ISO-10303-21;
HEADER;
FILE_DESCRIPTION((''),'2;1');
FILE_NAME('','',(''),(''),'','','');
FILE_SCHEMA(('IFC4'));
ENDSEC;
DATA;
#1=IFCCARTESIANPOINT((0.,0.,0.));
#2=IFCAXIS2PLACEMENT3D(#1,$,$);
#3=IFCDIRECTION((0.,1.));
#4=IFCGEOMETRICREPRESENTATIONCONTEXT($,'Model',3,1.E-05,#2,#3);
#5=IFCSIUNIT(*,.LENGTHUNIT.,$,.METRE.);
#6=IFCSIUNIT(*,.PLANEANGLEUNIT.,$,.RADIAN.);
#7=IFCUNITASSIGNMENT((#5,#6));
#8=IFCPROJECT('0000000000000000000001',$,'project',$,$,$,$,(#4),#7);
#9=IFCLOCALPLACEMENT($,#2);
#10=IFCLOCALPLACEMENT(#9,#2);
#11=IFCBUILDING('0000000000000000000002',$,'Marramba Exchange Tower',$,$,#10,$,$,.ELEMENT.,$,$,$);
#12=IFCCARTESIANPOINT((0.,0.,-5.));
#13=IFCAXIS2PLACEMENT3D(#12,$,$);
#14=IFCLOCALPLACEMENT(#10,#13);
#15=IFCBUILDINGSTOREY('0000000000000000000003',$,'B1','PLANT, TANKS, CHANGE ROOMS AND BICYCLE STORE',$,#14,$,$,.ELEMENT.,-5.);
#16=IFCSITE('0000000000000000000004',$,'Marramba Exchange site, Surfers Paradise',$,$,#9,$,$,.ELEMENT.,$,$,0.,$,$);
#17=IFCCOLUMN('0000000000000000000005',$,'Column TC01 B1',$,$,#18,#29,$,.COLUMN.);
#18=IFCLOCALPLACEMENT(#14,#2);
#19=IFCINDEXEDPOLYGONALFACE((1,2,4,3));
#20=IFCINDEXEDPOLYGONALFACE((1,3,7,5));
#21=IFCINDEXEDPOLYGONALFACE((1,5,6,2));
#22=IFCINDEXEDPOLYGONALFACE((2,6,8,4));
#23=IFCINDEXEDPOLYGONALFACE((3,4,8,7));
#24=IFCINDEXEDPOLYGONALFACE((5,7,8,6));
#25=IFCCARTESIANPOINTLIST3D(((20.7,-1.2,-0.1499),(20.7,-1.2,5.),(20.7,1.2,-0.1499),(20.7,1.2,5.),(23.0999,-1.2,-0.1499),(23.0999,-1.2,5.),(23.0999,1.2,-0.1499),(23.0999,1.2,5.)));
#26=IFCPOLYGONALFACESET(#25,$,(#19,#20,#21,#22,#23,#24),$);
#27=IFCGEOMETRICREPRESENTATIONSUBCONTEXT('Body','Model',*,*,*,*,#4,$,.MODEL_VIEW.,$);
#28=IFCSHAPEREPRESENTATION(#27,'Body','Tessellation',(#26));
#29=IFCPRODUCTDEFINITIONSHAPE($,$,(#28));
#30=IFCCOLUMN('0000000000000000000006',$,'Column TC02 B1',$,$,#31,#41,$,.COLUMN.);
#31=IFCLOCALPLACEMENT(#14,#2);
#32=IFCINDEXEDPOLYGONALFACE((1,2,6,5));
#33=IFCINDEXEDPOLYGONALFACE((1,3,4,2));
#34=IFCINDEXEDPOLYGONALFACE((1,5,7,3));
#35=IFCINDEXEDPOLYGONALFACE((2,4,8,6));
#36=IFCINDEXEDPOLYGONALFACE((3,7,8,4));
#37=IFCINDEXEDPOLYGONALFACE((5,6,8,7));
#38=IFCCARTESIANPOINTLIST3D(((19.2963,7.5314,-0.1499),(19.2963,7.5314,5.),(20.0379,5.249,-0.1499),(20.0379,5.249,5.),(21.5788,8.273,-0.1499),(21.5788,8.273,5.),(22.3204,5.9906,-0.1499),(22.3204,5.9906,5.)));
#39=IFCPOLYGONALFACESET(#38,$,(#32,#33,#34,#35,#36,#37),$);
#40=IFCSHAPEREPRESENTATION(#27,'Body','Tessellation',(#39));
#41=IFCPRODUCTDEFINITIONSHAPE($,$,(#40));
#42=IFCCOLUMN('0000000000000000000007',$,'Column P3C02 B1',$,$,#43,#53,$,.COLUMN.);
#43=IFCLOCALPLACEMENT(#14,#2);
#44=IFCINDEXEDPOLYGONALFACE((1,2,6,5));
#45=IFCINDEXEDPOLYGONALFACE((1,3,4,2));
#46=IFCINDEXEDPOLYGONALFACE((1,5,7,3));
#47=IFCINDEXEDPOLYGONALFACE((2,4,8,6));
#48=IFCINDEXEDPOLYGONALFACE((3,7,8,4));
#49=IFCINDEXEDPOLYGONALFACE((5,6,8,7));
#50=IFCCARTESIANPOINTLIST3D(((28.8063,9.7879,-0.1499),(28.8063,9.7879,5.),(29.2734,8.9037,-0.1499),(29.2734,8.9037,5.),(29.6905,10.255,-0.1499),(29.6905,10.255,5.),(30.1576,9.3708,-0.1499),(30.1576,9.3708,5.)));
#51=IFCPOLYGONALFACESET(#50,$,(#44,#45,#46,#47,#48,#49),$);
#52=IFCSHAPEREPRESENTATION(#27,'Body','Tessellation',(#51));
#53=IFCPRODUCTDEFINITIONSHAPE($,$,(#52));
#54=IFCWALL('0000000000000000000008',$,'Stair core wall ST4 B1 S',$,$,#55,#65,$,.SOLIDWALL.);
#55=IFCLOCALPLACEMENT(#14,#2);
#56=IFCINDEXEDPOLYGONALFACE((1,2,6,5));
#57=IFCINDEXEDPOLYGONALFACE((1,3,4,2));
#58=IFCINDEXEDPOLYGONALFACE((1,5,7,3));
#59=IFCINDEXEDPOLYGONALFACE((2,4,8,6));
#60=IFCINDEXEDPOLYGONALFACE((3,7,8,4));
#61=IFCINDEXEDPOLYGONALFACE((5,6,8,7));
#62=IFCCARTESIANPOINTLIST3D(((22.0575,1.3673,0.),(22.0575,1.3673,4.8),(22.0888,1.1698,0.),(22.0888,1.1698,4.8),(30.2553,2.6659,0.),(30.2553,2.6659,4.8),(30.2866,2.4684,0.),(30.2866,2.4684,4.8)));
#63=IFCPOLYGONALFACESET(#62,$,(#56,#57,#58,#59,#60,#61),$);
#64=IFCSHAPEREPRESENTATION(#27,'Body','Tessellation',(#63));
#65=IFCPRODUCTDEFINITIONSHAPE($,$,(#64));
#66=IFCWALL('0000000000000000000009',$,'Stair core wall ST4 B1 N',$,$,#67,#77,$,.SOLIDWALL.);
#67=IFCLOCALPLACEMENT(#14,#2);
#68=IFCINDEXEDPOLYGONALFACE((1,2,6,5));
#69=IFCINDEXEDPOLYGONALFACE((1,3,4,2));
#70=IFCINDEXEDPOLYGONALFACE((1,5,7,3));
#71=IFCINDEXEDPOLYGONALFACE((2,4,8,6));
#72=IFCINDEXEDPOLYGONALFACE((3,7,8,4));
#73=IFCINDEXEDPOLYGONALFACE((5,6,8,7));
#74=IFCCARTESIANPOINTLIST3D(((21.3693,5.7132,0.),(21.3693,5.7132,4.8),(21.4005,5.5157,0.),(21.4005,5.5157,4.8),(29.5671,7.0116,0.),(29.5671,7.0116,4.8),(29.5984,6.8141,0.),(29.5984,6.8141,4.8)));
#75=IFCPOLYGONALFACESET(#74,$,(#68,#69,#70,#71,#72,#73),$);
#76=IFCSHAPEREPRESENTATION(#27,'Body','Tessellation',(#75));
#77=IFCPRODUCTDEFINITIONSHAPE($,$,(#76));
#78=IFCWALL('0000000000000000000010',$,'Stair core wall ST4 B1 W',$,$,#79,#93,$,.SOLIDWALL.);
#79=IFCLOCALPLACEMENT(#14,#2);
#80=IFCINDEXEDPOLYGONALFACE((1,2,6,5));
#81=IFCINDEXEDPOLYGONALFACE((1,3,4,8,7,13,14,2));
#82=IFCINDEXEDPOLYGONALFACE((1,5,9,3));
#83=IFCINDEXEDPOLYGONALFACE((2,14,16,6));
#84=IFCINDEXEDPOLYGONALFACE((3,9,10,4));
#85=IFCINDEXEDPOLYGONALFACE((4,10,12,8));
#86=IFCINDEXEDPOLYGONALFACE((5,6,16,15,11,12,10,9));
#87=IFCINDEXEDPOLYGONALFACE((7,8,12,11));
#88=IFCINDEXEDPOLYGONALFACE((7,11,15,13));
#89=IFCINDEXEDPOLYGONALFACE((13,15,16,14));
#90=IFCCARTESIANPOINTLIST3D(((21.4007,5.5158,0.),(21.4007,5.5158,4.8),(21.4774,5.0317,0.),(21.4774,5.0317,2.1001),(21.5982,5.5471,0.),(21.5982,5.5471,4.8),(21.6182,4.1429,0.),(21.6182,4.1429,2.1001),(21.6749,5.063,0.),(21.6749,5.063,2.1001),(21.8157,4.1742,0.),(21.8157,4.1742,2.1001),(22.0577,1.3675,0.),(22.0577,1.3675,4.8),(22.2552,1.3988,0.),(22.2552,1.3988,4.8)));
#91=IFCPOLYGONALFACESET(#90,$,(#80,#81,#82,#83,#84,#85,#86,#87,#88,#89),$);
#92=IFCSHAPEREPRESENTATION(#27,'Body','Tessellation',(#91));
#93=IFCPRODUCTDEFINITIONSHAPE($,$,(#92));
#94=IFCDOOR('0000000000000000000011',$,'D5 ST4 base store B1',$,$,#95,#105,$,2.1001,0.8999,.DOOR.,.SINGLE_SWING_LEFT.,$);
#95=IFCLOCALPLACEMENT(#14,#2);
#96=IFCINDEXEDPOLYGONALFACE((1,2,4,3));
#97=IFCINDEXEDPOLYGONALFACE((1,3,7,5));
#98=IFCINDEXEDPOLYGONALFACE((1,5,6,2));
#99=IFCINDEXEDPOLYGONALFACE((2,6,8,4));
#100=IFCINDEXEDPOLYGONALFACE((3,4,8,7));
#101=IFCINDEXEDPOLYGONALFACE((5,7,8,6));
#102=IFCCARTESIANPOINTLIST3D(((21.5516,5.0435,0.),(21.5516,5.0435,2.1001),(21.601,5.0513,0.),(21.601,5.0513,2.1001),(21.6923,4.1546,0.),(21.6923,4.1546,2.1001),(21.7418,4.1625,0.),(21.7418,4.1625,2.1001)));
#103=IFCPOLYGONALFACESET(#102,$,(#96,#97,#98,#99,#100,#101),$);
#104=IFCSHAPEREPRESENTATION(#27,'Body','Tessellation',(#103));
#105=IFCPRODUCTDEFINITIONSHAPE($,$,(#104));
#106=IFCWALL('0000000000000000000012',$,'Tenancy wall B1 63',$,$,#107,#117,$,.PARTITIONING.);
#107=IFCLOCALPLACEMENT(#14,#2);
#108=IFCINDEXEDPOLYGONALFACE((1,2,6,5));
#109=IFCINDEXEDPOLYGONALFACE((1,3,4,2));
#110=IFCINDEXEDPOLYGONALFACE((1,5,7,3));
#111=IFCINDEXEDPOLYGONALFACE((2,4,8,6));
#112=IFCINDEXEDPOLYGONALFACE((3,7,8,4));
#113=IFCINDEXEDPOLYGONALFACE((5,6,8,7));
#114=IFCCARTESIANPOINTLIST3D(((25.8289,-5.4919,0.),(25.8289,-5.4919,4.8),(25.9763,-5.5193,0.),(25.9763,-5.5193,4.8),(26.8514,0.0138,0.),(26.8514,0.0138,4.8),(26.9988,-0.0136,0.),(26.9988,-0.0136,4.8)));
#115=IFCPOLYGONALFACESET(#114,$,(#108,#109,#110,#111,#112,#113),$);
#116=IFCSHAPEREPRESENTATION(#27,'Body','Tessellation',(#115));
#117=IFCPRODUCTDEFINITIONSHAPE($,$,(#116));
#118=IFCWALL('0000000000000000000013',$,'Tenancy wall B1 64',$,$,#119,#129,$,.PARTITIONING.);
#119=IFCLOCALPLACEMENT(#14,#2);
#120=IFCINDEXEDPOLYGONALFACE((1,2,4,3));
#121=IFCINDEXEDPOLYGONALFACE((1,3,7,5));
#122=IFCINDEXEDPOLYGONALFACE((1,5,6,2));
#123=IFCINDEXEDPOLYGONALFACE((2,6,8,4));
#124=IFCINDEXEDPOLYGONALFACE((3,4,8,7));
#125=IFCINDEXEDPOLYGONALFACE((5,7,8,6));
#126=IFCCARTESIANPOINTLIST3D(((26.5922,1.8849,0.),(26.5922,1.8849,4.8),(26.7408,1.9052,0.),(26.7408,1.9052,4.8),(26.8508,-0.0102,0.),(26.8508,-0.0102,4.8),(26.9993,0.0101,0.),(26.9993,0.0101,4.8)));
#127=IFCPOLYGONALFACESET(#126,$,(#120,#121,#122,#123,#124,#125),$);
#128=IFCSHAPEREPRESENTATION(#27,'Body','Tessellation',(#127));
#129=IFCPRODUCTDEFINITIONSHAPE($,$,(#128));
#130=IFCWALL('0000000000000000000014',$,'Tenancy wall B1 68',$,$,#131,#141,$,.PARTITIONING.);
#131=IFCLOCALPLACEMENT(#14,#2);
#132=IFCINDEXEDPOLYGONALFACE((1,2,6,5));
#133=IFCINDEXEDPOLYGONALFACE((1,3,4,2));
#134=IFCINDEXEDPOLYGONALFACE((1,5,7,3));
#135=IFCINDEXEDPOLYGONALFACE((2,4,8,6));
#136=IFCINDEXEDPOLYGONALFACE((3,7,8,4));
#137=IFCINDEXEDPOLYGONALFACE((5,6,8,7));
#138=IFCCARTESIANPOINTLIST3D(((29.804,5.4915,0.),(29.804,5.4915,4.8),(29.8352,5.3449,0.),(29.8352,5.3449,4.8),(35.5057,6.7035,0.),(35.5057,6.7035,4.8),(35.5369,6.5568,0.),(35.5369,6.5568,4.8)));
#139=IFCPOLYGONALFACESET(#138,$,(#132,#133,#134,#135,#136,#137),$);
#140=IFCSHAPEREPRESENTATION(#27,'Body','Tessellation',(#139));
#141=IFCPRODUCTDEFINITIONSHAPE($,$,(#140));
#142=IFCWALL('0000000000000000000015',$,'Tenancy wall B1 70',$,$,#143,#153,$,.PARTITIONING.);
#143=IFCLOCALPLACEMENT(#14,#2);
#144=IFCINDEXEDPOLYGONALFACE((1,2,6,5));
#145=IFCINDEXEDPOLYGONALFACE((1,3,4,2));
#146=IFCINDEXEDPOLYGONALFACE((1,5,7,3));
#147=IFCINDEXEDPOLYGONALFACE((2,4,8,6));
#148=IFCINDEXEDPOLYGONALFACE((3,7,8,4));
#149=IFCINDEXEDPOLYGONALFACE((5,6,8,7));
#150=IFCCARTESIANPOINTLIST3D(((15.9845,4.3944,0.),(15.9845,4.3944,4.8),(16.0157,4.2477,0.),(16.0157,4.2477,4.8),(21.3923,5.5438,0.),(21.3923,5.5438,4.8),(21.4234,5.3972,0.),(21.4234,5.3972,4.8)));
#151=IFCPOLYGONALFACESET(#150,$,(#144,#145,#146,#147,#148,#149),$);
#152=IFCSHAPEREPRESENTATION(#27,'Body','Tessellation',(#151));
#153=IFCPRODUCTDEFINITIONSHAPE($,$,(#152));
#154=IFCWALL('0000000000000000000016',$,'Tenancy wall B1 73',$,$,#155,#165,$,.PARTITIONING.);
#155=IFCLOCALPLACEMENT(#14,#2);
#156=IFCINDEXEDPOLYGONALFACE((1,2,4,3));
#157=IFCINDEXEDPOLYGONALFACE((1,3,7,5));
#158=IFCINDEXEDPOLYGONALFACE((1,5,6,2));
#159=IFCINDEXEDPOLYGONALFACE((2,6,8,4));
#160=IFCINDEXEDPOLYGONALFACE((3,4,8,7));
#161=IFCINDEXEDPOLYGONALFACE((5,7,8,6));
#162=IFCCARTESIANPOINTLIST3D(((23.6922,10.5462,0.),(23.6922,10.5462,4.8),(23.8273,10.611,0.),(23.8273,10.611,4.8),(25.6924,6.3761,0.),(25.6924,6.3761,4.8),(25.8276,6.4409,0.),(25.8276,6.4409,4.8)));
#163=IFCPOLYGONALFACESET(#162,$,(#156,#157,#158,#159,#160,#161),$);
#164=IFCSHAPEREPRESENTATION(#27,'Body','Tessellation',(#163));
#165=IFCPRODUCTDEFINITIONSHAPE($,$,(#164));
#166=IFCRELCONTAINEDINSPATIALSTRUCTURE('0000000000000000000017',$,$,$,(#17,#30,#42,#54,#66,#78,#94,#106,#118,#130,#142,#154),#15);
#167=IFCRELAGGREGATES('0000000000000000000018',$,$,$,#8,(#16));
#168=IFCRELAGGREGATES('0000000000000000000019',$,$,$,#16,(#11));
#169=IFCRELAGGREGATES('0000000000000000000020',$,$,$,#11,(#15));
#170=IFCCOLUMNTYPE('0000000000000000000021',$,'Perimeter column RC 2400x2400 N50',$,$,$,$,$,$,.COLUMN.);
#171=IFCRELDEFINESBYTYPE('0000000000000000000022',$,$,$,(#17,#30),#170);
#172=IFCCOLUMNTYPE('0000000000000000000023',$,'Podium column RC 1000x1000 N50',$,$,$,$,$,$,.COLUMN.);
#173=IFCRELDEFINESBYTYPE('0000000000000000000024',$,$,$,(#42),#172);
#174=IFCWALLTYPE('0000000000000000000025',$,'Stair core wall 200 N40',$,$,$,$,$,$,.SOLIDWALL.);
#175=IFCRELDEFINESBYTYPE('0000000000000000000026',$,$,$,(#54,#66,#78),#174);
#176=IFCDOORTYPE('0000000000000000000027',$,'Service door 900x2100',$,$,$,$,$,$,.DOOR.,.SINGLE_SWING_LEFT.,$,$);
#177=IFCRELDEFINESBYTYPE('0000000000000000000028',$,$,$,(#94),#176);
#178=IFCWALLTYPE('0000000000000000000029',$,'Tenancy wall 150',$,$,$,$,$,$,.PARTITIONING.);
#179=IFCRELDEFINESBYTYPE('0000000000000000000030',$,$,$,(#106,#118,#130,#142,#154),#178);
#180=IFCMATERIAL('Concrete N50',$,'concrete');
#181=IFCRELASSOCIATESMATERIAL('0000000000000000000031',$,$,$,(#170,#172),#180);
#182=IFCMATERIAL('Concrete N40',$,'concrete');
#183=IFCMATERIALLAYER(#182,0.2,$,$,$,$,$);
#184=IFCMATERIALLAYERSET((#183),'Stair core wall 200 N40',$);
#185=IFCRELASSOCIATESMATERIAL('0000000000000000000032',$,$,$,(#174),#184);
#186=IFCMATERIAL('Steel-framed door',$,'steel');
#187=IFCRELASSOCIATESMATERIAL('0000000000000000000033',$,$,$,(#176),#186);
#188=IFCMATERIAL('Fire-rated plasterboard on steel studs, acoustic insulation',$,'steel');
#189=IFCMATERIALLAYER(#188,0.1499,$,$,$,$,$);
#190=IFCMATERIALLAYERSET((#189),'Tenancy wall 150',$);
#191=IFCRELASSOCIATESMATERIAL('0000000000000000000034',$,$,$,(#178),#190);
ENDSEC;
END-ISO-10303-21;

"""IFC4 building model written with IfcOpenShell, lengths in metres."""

from ifc_helpers import new_model, si_unit, direction, frame, frame_2d, origin, origin_2d, place, context, subcontext, project, spatial, rectangle, extrude, material, layer, layer_set, material_profile, profile_set, type_object, element, fill, save


model = new_model("IFC4")

# Units and contexts
model_context = context("Model", 3, precision=1e-05, world=origin(), true_north=direction((0.0, 1.0)))
body_context = subcontext(model_context, "Body", "Model", "MODEL_VIEW")
ifc_project = project(units=[si_unit("LENGTHUNIT", "METRE"), si_unit("PLANEANGLEUNIT", "RADIAN")], contexts=[model_context])

# Site, building, storey
site_placement = place(None, origin())
site = spatial("IfcSite", under=ifc_project, at=site_placement, Name="Marramba Exchange site, Surfers Paradise", CompositionType="ELEMENT", RefElevation=0.0)
building_placement = place(site_placement, origin())
building = spatial("IfcBuilding", under=site, at=building_placement, Name="Marramba Exchange Tower", CompositionType="ELEMENT")
storey_placement = place(building_placement, frame((0.0, 0.0, -5.0)))
storey = spatial("IfcBuildingStorey", under=building, at=storey_placement, Name="B1", Description="PLANT, TANKS, CHANGE ROOMS AND BICYCLE STORE", CompositionType="ELEMENT", Elevation=-5.0)

# Shared definitions
ifc_material_1 = material(Name="Concrete N50", Category="concrete")

# Columns
ifc_material_profile_1 = material_profile(ifc_material_1, rectangle(XDim=2.3999, YDim=2.3999, at=origin_2d()), Name="RC 2400x2400")
ifc_profile_set_1 = profile_set([ifc_material_profile_1], Name="Concrete N50")
column_type_1 = type_object("IfcColumnType", Name="Perimeter column RC 2400x2400 N50", PredefinedType="COLUMN", material=ifc_profile_set_1)
for number, where, z_axis, x_axis, name in (
    (1, (21.8999, 0.0, -0.1499), (0.0, 0.0, 1.0), (1.0, 0.0, 0.0), "Column TC01 B1"),
    (2, (20.8083, 6.761, -0.1499), (0.0, 0.0, 1.0), (0.951057, 0.309017, 0.0), "Column TC02 B1"),
):
    element("IfcColumn", number, at=place(storey_placement, frame(where, z_axis=z_axis, x_axis=x_axis)), inside=storey, type_object=column_type_1, Name=name, PredefinedType="COLUMN", context=body_context, shape_type="SweptSolid", body=[
        extrude(rectangle(XDim=2.3999, YDim=2.3999, at=origin_2d()), origin(), (0.0, 0.0, 1.0), 5.1499),
    ])
ifc_material_profile_2 = material_profile(ifc_material_1, rectangle(XDim=1.0, YDim=1.0, at=origin_2d()), Name="RC 1000x1000")
ifc_profile_set_2 = profile_set([ifc_material_profile_2], Name="Concrete N50")
column_type_2 = type_object("IfcColumnType", Name="Podium column RC 1000x1000 N50", PredefinedType="COLUMN", material=ifc_profile_set_2)
column_placement = place(storey_placement, frame((29.4819, 9.5793, -0.1499), z_axis=(0.0, 0.0, 1.0), x_axis=(0.884188, 0.467131, 0.0)))
element("IfcColumn", 3, at=column_placement, inside=storey, type_object=column_type_2, Name="Column P3C02 B1", PredefinedType="COLUMN", context=body_context, shape_type="SweptSolid", body=[
    extrude(rectangle(XDim=1.0, YDim=1.0, at=origin_2d()), origin(), (0.0, 0.0, 1.0), 5.1499),
])

# Walls
ifc_material_2 = material(Name="Concrete N40", Category="concrete")
ifc_layer_1 = layer(ifc_material_2, 0.2)
ifc_layer_set_1 = layer_set([ifc_layer_1], Name="Stair core wall 200 N40")
wall_type_1 = type_object("IfcWallType", Name="Stair core wall 200 N40", PredefinedType="SOLIDWALL", material=ifc_layer_set_1)
for number, where, z_axis, x_axis, name in (
    (4, (22.0732, 1.2686, 0.0), (0.0, 0.0, 1.0), (0.987685, 0.156456, 0.0), "Stair core wall ST4 B1 S"),
    (5, (21.385, 5.6145, 0.0), (0.0, 0.0, 1.0), (0.987689, 0.156428, 0.0), "Stair core wall ST4 B1 N"),
):
    element("IfcWall", number, at=place(storey_placement, frame(where, z_axis=z_axis, x_axis=x_axis)), inside=storey, type_object=wall_type_1, Name=name, PredefinedType="SOLIDWALL", context=body_context, shape_type="SweptSolid", body=[
        extrude(rectangle(XDim=8.3, YDim=0.2, at=frame_2d((4.1499, 0.0))), origin(), (0.0, 0.0, 1.0), 4.8),
    ])

# Wall, opening, door
wall_1_placement = place(storey_placement, frame((22.1565, 1.3831, 0.0), z_axis=(0.0, 0.0, 1.0), x_axis=(-0.156428, 0.987689, 0.0)))
wall_1 = element("IfcWall", 6, at=wall_1_placement, inside=storey, type_object=wall_type_1, Name="Stair core wall ST4 B1 W", PredefinedType="SOLIDWALL", context=body_context, shape_type="SweptSolid", body=[
    extrude(rectangle(XDim=4.2, YDim=0.2, at=frame_2d((2.1001, 0.0))), origin(), (0.0, 0.0, 1.0), 4.8),
])
opening_placement = place(wall_1_placement, frame((2.8101, 0.0, 0.0)))
opening = element("IfcOpeningElement", 7, at=opening_placement, cuts=wall_1, PredefinedType="OPENING", context=body_context, shape_type="SweptSolid", body=[
    extrude(rectangle(XDim=0.8999, YDim=2.1001, at=frame_2d((0.45, 1.05))), frame((0.0, 0.1099, 0.0), z_axis=(0.0, -1.0, 0.0), x_axis=(1.0, 0.0, 0.0)), (0.0, 0.0, 1.0), 0.22),
])
ifc_material_3 = material(Name="Steel-framed door", Category="steel")
door_type = type_object("IfcDoorType", Name="Service door 900x2100", OperationType="SINGLE_SWING_LEFT", PredefinedType="DOOR", material=ifc_material_3)
door_placement = place(opening_placement, frame((0.8999, 0.0, 0.0), z_axis=(0.0, 0.0, 1.0), x_axis=(-1.0, 0.0, 0.0)))
door = element("IfcDoor", 8, at=door_placement, inside=storey, type_object=door_type, Name="D5 ST4 base store B1", OperationType="SINGLE_SWING_LEFT", OverallHeight=2.1001, OverallWidth=0.8999, PredefinedType="DOOR", context=body_context, shape_type="SweptSolid", body=[
    extrude(rectangle(XDim=0.8999, YDim=2.1001, at=frame_2d((0.45, 1.05))), frame((0.0, 0.0251, 0.0), z_axis=(0.0, -1.0, 0.0), x_axis=(1.0, 0.0, 0.0)), (0.0, 0.0, 1.0), 0.05),
])
fill(opening, door)

# Walls
ifc_material_4 = material(Name="Fire-rated plasterboard on steel studs, acoustic insulation", Category="steel")
ifc_layer_2 = layer(ifc_material_4, 0.1499)
ifc_layer_set_2 = layer_set([ifc_layer_2], Name="Tenancy wall 150")
wall_type_2 = type_object("IfcWallType", Name="Tenancy wall 150", PredefinedType="PARTITIONING", material=ifc_layer_set_2)
wall_2_placement = place(storey_placement, frame((26.925, 0.0, 0.0), z_axis=(0.0, 0.0, 1.0), x_axis=(-0.18259, -0.983189, 0.0)))
element("IfcWall", 9, at=wall_2_placement, inside=storey, type_object=wall_type_2, Name="Tenancy wall B1 63", PredefinedType="PARTITIONING", context=body_context, shape_type="SweptSolid", body=[
    extrude(rectangle(XDim=5.5999, YDim=0.1499, at=frame_2d((2.7998, 0.0))), origin(), (0.0, 0.0, 1.0), 4.8),
])
wall_3_placement = place(storey_placement, frame((26.6665, 1.895, 0.0), z_axis=(0.0, 0.0, 1.0), x_axis=(0.135182, -0.990821, 0.0)))
element("IfcWall", 10, at=wall_3_placement, inside=storey, type_object=wall_type_2, Name="Tenancy wall B1 64", PredefinedType="PARTITIONING", context=body_context, shape_type="SweptSolid", body=[
    extrude(rectangle(XDim=1.9126, YDim=0.1499, at=frame_2d((0.9563, 0.0))), origin(), (0.0, 0.0, 1.0), 4.8),
])
wall_4_placement = place(storey_placement, frame((29.8196, 5.4182, 0.0), z_axis=(0.0, 0.0, 1.0), x_axis=(0.978148, 0.20791, 0.0)))
element("IfcWall", 11, at=wall_4_placement, inside=storey, type_object=wall_type_2, Name="Tenancy wall B1 68", PredefinedType="PARTITIONING", context=body_context, shape_type="SweptSolid", body=[
    extrude(rectangle(XDim=5.8291, YDim=0.1499, at=frame_2d((2.9146, 0.0))), origin(), (0.0, 0.0, 1.0), 4.8),
])
wall_5_placement = place(storey_placement, frame((21.4077, 5.4705, 0.0), z_axis=(0.0, 0.0, 1.0), x_axis=(-0.978149, -0.207906, 0.0)))
element("IfcWall", 12, at=wall_5_placement, inside=storey, type_object=wall_type_2, Name="Tenancy wall B1 70", PredefinedType="PARTITIONING", context=body_context, shape_type="SweptSolid", body=[
    extrude(rectangle(XDim=5.5286, YDim=0.1499, at=frame_2d((2.7642, 0.0))), origin(), (0.0, 0.0, 1.0), 4.8),
])
wall_6_placement = place(storey_placement, frame((23.7598, 10.5786, 0.0), z_axis=(0.0, 0.0, 1.0), x_axis=(0.432479, -0.901644, 0.0)))
element("IfcWall", 13, at=wall_6_placement, inside=storey, type_object=wall_type_2, Name="Tenancy wall B1 73", PredefinedType="PARTITIONING", context=body_context, shape_type="SweptSolid", body=[
    extrude(rectangle(XDim=4.625, YDim=0.1499, at=frame_2d((2.3125, 0.0))), origin(), (0.0, 0.0, 1.0), 4.8),
])

save(model, "model.ifc")
